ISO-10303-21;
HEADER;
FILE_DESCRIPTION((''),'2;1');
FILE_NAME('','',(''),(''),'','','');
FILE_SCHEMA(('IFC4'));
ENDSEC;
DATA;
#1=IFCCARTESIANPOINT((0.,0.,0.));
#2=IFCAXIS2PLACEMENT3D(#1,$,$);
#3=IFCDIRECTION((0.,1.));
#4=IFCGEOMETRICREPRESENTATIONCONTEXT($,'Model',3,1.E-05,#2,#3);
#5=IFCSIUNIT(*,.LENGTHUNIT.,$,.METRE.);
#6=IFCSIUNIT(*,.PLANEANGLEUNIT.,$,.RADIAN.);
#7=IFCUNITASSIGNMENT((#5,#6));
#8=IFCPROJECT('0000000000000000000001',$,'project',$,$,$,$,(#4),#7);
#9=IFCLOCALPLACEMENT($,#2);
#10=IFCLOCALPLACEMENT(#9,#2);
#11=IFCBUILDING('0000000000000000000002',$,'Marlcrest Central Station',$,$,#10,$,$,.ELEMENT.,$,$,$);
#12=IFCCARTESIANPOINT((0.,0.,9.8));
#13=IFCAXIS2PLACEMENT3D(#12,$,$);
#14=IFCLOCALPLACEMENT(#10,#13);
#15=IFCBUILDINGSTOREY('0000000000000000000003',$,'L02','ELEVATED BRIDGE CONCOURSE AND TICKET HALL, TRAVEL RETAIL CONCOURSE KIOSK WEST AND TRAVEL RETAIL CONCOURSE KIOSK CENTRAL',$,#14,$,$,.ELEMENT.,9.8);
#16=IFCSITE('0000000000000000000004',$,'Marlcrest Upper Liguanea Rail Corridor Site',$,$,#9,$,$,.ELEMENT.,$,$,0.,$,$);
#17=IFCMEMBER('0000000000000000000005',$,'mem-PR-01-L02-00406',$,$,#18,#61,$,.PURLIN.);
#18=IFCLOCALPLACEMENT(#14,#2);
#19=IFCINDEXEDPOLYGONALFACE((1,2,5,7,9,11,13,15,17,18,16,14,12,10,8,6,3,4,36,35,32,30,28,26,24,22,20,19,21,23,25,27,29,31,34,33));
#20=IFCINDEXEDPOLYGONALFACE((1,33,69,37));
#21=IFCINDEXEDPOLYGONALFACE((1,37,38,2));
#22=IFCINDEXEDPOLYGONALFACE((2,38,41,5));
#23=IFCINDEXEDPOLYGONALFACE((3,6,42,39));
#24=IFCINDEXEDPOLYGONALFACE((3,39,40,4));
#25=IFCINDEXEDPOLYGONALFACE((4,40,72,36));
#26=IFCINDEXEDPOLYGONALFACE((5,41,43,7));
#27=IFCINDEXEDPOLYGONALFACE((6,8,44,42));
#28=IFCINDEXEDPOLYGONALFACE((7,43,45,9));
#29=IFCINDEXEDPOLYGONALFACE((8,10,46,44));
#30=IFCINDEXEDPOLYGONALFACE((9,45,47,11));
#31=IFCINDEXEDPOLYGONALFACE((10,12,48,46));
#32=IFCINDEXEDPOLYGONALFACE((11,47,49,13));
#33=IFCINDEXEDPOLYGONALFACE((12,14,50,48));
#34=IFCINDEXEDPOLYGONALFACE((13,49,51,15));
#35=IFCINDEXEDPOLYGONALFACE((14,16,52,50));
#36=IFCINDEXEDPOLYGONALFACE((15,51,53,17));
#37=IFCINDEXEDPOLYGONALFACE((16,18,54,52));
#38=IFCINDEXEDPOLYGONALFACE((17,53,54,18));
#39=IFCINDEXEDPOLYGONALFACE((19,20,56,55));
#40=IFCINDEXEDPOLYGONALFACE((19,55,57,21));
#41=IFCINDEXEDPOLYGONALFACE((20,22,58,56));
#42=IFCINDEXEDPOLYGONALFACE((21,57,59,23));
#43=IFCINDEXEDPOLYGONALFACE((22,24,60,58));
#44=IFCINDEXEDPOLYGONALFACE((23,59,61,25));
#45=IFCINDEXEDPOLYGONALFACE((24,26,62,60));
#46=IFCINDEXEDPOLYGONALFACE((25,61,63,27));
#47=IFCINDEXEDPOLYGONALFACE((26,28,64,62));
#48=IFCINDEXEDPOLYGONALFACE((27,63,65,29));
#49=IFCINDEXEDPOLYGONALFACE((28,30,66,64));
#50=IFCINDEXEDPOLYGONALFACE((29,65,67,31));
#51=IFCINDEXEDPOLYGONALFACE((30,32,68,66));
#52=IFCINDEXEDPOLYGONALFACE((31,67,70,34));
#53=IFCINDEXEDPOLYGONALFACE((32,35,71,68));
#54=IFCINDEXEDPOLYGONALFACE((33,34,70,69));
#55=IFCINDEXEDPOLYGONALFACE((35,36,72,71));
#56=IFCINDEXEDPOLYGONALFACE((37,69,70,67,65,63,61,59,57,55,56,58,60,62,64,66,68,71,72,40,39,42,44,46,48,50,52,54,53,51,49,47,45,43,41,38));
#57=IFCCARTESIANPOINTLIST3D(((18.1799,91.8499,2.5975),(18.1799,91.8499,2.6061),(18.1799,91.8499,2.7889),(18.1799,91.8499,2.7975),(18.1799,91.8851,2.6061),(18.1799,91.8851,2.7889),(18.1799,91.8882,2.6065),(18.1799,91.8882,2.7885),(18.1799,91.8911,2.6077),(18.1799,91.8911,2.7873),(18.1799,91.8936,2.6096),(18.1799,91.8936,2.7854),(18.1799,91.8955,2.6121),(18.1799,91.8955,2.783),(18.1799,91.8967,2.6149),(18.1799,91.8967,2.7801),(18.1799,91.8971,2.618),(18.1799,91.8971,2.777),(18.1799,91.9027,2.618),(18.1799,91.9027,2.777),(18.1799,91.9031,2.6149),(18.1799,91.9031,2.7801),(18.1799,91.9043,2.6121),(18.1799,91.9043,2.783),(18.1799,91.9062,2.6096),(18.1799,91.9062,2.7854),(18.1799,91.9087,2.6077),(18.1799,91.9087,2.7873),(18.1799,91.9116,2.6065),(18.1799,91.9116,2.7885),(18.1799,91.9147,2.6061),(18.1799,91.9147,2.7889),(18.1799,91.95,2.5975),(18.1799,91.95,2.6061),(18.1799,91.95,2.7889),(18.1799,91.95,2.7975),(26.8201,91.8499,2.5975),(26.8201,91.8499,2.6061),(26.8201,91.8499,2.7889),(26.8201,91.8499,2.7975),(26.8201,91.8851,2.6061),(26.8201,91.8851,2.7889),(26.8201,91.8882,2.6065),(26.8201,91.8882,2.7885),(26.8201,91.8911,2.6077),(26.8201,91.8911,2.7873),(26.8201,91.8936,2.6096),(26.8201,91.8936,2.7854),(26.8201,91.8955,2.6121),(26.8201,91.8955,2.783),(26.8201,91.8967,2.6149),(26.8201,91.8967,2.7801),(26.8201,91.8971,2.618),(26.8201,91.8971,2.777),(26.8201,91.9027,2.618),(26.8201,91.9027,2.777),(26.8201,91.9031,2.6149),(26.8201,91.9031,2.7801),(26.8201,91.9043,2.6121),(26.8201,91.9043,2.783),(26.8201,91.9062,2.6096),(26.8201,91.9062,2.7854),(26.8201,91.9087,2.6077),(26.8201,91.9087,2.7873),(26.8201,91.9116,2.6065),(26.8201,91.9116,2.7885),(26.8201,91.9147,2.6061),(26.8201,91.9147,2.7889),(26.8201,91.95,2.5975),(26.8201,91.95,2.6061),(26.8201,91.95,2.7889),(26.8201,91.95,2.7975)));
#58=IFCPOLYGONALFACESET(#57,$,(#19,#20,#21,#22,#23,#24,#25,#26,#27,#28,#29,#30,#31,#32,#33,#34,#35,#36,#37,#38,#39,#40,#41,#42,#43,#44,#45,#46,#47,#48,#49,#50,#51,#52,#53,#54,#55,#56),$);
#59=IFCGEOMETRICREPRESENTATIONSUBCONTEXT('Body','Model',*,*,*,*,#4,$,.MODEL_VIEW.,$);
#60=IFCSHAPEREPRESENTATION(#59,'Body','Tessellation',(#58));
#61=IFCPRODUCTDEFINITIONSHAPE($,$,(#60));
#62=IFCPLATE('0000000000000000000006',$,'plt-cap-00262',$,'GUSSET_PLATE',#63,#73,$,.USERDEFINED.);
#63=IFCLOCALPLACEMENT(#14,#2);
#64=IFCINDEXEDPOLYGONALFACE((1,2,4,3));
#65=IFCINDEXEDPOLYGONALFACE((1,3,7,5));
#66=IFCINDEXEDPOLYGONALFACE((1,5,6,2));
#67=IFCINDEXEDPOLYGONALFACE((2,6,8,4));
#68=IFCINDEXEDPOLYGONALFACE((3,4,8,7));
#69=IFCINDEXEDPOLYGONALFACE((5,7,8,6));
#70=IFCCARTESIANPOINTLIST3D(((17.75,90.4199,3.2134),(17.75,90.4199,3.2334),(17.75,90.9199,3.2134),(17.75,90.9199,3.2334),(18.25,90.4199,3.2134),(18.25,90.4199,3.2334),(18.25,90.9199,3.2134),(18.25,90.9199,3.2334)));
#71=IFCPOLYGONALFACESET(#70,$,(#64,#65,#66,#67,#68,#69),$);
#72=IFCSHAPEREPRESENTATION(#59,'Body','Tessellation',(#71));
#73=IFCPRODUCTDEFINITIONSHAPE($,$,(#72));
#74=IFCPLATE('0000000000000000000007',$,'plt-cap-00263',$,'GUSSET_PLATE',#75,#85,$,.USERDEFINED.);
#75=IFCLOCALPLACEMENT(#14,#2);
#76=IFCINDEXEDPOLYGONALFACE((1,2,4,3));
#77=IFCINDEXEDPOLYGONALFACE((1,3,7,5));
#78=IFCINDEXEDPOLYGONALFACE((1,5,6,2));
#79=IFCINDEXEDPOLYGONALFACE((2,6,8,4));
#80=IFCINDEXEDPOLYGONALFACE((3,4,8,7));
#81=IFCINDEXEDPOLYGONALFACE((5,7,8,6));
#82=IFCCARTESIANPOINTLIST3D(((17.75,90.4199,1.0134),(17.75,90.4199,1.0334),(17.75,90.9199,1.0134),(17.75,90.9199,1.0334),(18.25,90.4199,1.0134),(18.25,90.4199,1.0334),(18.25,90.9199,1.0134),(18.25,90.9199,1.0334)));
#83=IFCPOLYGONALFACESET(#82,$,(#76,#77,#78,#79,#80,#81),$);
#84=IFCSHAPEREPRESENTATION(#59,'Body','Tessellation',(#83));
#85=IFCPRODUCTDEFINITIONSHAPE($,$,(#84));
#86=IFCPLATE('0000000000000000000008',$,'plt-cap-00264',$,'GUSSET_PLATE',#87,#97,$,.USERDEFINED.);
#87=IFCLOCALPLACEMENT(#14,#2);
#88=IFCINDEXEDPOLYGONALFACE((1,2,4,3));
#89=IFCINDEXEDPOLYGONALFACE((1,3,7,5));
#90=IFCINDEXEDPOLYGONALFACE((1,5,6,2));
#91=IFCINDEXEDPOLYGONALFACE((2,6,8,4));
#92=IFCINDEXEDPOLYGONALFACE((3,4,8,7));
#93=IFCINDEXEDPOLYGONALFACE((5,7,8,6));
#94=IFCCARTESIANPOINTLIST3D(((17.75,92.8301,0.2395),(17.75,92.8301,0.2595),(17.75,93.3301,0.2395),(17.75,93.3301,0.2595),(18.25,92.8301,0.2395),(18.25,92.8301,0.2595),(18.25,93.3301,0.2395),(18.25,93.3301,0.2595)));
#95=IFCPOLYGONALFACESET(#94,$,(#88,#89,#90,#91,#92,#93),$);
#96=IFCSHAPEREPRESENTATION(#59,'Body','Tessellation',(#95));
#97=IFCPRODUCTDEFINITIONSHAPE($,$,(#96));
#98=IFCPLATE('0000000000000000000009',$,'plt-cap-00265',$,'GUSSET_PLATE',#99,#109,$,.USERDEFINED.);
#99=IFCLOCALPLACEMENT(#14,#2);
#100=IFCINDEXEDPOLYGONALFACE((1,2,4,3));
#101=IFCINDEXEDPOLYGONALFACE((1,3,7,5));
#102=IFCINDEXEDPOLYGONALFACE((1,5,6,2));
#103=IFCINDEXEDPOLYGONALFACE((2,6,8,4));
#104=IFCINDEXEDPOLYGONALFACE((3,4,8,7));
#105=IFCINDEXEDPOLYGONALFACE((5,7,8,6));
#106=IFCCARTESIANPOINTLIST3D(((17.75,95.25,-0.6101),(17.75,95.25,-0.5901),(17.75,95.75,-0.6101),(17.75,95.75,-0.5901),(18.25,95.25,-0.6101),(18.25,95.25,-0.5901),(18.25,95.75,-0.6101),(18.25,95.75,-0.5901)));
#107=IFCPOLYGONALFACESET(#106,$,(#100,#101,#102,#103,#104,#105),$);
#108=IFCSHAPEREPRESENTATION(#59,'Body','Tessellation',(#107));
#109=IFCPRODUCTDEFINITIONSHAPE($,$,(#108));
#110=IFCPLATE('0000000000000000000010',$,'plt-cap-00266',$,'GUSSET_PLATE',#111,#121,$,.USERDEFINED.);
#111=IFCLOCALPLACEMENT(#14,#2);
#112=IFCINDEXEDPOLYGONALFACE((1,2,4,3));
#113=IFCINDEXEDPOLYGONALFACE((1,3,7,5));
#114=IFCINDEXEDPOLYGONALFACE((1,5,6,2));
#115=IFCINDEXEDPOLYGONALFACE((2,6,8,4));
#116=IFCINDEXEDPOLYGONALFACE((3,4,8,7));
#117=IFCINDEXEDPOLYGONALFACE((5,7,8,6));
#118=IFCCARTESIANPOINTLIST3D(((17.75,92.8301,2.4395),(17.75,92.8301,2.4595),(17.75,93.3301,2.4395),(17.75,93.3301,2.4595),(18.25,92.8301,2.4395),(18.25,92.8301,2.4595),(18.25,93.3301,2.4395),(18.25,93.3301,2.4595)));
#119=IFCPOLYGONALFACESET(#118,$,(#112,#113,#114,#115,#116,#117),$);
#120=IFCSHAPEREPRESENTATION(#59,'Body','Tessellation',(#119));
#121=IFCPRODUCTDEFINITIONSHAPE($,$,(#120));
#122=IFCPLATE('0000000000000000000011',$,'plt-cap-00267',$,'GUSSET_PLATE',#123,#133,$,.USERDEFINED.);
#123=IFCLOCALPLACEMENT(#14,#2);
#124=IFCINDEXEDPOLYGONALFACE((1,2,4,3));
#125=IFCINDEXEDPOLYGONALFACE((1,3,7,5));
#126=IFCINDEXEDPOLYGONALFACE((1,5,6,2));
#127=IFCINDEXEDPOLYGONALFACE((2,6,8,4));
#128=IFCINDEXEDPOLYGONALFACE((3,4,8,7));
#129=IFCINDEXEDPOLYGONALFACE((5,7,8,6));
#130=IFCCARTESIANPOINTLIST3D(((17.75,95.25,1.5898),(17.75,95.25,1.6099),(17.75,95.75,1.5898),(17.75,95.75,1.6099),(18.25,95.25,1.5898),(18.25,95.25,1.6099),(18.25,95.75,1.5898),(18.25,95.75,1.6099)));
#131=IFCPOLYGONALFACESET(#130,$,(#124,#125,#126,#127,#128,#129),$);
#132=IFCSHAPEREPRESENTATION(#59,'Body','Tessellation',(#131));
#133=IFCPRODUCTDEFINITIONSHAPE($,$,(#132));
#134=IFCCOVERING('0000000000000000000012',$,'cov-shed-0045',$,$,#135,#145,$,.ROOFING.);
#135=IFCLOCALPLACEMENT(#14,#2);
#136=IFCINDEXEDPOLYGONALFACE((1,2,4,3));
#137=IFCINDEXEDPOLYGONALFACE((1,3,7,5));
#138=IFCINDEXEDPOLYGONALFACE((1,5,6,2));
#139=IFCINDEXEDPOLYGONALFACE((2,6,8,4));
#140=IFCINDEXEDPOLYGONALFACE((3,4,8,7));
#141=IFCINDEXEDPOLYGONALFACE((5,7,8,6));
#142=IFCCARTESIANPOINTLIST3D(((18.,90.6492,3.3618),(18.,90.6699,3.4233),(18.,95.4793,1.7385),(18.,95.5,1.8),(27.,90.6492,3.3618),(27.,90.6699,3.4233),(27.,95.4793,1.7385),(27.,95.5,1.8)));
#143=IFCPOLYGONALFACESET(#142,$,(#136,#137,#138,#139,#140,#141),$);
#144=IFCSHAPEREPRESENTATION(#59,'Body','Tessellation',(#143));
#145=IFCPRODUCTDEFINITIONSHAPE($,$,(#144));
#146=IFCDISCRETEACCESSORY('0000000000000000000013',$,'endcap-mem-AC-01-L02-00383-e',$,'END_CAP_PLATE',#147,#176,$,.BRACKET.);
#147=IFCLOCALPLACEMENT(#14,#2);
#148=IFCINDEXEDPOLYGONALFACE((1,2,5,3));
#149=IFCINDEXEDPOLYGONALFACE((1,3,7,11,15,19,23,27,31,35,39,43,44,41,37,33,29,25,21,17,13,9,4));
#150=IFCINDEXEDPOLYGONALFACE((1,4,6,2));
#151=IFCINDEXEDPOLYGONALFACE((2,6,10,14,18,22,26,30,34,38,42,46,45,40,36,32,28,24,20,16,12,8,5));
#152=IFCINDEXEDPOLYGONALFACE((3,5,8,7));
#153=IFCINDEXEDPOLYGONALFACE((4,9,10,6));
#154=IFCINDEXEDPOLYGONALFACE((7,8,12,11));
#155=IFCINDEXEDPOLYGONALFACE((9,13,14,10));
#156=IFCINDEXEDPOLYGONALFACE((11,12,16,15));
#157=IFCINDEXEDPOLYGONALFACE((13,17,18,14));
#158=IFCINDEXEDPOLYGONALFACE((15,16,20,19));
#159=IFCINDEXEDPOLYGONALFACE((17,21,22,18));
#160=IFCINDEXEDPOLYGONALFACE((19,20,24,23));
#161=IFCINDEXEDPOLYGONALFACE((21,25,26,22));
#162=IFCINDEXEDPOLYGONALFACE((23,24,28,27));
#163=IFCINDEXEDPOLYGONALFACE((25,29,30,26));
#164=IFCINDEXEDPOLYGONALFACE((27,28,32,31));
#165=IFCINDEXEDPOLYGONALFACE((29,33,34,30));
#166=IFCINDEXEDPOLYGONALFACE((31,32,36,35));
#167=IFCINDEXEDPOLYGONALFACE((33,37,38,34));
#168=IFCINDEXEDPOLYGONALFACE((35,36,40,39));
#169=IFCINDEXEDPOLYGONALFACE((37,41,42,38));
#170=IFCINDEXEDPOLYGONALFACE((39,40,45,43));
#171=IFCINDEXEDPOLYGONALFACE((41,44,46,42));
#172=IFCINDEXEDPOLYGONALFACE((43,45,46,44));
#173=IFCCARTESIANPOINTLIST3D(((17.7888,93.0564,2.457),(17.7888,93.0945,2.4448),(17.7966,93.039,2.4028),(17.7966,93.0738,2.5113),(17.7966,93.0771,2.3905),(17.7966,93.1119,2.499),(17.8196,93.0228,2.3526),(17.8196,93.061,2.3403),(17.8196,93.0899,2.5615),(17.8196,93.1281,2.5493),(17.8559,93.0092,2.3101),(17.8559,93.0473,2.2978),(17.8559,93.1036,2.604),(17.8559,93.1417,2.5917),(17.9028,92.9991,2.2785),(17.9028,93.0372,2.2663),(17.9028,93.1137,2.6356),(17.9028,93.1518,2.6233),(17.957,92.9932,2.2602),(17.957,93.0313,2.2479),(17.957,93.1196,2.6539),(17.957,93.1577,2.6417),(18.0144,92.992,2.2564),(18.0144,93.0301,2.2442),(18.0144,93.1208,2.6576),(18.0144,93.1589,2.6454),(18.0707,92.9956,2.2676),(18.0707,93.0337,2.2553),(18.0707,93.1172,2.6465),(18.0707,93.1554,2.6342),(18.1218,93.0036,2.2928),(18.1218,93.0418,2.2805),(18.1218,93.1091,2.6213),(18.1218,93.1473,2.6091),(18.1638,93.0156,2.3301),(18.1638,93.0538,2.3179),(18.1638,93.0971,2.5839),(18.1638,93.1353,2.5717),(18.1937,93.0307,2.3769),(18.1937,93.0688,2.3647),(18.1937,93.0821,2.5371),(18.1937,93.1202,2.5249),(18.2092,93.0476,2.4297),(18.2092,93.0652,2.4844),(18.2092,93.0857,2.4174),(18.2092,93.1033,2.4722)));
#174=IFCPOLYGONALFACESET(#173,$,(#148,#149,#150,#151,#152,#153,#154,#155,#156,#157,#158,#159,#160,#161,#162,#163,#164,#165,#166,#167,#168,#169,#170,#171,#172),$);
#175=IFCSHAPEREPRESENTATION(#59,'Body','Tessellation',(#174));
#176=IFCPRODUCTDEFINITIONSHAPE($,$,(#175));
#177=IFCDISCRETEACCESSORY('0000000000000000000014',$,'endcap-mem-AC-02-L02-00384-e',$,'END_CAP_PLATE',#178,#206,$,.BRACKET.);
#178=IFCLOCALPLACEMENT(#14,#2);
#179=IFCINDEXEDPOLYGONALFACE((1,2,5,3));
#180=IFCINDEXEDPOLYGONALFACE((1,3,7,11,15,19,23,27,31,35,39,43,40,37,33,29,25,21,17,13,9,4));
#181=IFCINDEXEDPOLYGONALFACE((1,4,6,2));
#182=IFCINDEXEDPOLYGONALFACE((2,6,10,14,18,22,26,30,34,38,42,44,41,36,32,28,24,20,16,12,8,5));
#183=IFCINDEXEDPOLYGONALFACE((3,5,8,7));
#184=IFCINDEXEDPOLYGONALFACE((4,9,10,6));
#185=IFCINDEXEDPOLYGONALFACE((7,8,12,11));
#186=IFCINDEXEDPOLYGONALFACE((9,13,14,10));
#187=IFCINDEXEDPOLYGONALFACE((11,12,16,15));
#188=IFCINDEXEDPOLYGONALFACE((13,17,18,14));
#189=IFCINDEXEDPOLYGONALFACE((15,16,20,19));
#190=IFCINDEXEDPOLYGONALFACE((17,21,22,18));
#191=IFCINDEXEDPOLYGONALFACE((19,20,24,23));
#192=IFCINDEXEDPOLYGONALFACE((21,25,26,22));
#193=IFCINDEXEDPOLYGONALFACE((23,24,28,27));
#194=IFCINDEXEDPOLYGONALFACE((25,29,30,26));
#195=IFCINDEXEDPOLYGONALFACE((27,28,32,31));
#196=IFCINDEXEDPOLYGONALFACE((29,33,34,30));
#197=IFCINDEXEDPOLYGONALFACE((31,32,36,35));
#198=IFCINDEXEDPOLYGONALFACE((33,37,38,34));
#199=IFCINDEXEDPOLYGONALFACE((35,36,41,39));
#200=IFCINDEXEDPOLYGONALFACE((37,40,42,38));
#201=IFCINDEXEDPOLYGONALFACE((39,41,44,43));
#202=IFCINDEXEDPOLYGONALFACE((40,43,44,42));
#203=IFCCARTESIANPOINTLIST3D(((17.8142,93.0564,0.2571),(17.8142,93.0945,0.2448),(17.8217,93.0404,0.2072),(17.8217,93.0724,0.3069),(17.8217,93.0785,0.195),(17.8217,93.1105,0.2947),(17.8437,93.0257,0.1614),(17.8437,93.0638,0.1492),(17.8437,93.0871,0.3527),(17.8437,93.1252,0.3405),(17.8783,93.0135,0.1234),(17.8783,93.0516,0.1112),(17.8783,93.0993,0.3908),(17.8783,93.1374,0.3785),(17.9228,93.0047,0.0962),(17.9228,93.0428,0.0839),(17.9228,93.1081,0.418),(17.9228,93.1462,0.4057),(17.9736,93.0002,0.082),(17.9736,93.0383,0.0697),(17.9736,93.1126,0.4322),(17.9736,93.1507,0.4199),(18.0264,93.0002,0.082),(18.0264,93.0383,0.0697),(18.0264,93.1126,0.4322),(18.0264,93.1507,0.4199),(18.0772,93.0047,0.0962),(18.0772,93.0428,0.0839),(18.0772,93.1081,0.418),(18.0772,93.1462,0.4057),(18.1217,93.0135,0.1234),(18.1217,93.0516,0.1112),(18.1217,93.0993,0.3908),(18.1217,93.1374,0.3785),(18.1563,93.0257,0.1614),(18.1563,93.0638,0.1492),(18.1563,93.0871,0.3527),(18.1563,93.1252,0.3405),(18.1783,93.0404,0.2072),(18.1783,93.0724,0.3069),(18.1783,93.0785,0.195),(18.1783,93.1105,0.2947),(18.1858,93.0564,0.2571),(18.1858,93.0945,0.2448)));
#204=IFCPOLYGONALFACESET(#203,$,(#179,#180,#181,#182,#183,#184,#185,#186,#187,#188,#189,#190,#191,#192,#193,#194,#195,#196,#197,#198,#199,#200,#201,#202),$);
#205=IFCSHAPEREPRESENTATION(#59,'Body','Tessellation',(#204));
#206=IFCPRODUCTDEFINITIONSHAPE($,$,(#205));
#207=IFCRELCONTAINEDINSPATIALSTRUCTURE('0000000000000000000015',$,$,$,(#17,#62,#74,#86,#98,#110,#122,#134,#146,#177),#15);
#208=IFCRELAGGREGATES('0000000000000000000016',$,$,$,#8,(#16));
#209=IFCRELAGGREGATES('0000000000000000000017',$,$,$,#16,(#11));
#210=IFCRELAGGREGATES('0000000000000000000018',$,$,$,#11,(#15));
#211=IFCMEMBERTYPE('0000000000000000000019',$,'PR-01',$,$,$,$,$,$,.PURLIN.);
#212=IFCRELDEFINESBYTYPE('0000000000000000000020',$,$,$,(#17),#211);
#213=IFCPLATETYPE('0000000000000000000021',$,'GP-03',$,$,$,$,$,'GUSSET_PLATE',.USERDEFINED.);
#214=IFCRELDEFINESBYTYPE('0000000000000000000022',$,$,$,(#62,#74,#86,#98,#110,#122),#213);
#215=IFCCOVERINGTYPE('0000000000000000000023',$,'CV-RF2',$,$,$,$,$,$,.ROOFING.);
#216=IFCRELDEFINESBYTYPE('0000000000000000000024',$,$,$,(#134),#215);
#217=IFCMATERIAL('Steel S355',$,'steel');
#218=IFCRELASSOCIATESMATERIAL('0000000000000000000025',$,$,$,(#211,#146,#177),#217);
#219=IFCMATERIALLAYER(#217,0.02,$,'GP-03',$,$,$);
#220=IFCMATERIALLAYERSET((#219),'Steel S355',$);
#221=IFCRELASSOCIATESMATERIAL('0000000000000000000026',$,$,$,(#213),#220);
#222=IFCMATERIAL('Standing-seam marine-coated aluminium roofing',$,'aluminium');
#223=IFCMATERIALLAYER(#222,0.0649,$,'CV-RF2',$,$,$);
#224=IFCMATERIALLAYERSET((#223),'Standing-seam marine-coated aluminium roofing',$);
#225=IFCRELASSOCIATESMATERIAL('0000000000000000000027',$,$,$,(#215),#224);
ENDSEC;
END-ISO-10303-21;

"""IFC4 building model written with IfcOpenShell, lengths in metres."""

from ifc_helpers import new_model, si_unit, direction, frame, origin, origin_2d, place, context, subcontext, project, spatial, polyline, rectangle, circle, i_section, outline, extrude, material, layer, layer_set, material_profile, profile_set, type_object, element, save


model = new_model("IFC4")

# Units and contexts
model_context = context("Model", 3, precision=1e-05, world=origin(), true_north=direction((0.0, 1.0)))
body_context = subcontext(model_context, "Body", "Model", "MODEL_VIEW")
ifc_project = project(units=[si_unit("LENGTHUNIT", "METRE"), si_unit("PLANEANGLEUNIT", "RADIAN")], contexts=[model_context])

# Site, building, storey
site_placement = place(None, origin())
site = spatial("IfcSite", under=ifc_project, at=site_placement, Name="Marlcrest Upper Liguanea Rail Corridor Site", CompositionType="ELEMENT", RefElevation=0.0)
building_placement = place(site_placement, origin())
building = spatial("IfcBuilding", under=site, at=building_placement, Name="Marlcrest Central Station", CompositionType="ELEMENT")
storey_placement = place(building_placement, frame((0.0, 0.0, 9.8)))
storey = spatial("IfcBuildingStorey", under=building, at=storey_placement, Name="L02", Description="ELEVATED BRIDGE CONCOURSE AND TICKET HALL, TRAVEL RETAIL CONCOURSE KIOSK WEST AND TRAVEL RETAIL CONCOURSE KIOSK CENTRAL", CompositionType="ELEMENT", Elevation=9.8)

# Member
ifc_material_1 = material(Name="Steel S355", Category="steel")
ifc_material_profile_1 = material_profile(ifc_material_1, i_section(OverallWidth=0.1001, OverallDepth=0.2, WebThickness=0.0056, FlangeThickness=0.0085, FilletRadius=0.012, at=origin_2d()), Name="IPE 200")
ifc_profile_set_1 = profile_set([ifc_material_profile_1], Name="Steel S355")
member_type_1 = type_object("IfcMemberType", Name="PR-01", PredefinedType="PURLIN", material=ifc_profile_set_1)
member_1_placement = place(storey_placement, frame((18.1799, 91.8999, 2.6975), z_axis=(1.0, 0.0, 0.0), x_axis=(0.0, 1.0, 0.0)))
element("IfcMember", 1, at=member_1_placement, inside=storey, type_object=member_type_1, Name="mem-PR-01-L02-00406", PredefinedType="PURLIN", context=body_context, shape_type="SweptSolid", body=[
    extrude(i_section(OverallWidth=0.1001, OverallDepth=0.2, WebThickness=0.0056, FlangeThickness=0.0085, FilletRadius=0.012, at=origin_2d()), origin(), (0.0, 0.0, 1.0), 8.6401),
])

# Plates
ifc_layer_1 = layer(ifc_material_1, 0.02, Name="GP-03")
ifc_layer_set_1 = layer_set([ifc_layer_1], Name="Steel S355")
plate_type = type_object("IfcPlateType", Name="GP-03", ElementType="GUSSET_PLATE", PredefinedType="USERDEFINED", material=ifc_layer_set_1)
for number, where, z_axis, x_axis, name in (
    (2, (18.0, 90.6699, 3.2134), (0.0, 0.0, 1.0), (1.0, 0.0, 0.0), "plt-cap-00262"),
    (3, (18.0, 90.6699, 1.0134), (0.0, 0.0, 1.0), (1.0, 0.0, 0.0), "plt-cap-00263"),
    (4, (18.0, 93.0801, 0.2395), (0.0, 0.0, 1.0), (1.0, 0.0, 0.0), "plt-cap-00264"),
    (5, (18.0, 95.5, -0.6101), (0.0, 0.0, 1.0), (1.0, 0.0, 0.0), "plt-cap-00265"),
    (6, (18.0, 93.0801, 2.4395), (0.0, 0.0, 1.0), (1.0, 0.0, 0.0), "plt-cap-00266"),
    (7, (18.0, 95.5, 1.5898), (0.0, 0.0, 1.0), (1.0, 0.0, 0.0), "plt-cap-00267"),
):
    element("IfcPlate", number, at=place(storey_placement, frame(where, z_axis=z_axis, x_axis=x_axis)), inside=storey, type_object=plate_type, Name=name, ObjectType="GUSSET_PLATE", PredefinedType="USERDEFINED", context=body_context, shape_type="SweptSolid", body=[
        extrude(rectangle(XDim=0.5, YDim=0.5, at=origin_2d()), origin(), (0.0, 0.0, 1.0), 0.02),
    ])

# Covering
ifc_material_2 = material(Name="Standing-seam marine-coated aluminium roofing", Category="aluminium")
ifc_layer_2 = layer(ifc_material_2, 0.0649, Name="CV-RF2")
ifc_layer_set_2 = layer_set([ifc_layer_2], Name="Standing-seam marine-coated aluminium roofing")
covering_type = type_object("IfcCoveringType", Name="CV-RF2", PredefinedType="ROOFING", material=ifc_layer_set_2)
covering_placement = place(storey_placement, frame((18.0, 90.6699, 3.4233), z_axis=(0.0, 0.31857, 0.947899), x_axis=(1.0, 0.0, 0.0)))
element("IfcCovering", 8, at=covering_placement, inside=storey, type_object=covering_type, Name="cov-shed-0045", PredefinedType="ROOFING", context=body_context, shape_type="SweptSolid", body=[
    extrude(outline(polyline([(0.0, 0.0), (9.0, 0.0), (9.0, 5.0956), (0.0, 5.0956), (0.0, 0.0)])), origin(), (0.0, 0.0, -1.0), 0.0649),
])

# Discrete accessories
discrete_accessory_1_placement = place(storey_placement, frame((18.0, 93.0564, 2.457), z_axis=(0.0, 0.952117, -0.305734), x_axis=(-1.0, 0.0, 0.0)))
element("IfcDiscreteAccessory", 9, at=discrete_accessory_1_placement, inside=storey, material=ifc_material_1, Name="endcap-mem-AC-01-L02-00383-e", ObjectType="END_CAP_PLATE", PredefinedType="BRACKET", context=body_context, shape_type="SweptSolid", body=[
    extrude(circle(Radius=0.2112, at=origin_2d()), origin(), (0.0, 0.0, 1.0), 0.04),
])
discrete_accessory_2_placement = place(storey_placement, frame((18.0, 93.0564, 0.2571), z_axis=(0.0, 0.952117, -0.305734), x_axis=(-1.0, 0.0, 0.0)))
element("IfcDiscreteAccessory", 10, at=discrete_accessory_2_placement, inside=storey, material=ifc_material_1, Name="endcap-mem-AC-02-L02-00384-e", ObjectType="END_CAP_PLATE", PredefinedType="BRACKET", context=body_context, shape_type="SweptSolid", body=[
    extrude(circle(Radius=0.1858, at=origin_2d()), origin(), (0.0, 0.0, 1.0), 0.04),
])

save(model, "model.ifc")
